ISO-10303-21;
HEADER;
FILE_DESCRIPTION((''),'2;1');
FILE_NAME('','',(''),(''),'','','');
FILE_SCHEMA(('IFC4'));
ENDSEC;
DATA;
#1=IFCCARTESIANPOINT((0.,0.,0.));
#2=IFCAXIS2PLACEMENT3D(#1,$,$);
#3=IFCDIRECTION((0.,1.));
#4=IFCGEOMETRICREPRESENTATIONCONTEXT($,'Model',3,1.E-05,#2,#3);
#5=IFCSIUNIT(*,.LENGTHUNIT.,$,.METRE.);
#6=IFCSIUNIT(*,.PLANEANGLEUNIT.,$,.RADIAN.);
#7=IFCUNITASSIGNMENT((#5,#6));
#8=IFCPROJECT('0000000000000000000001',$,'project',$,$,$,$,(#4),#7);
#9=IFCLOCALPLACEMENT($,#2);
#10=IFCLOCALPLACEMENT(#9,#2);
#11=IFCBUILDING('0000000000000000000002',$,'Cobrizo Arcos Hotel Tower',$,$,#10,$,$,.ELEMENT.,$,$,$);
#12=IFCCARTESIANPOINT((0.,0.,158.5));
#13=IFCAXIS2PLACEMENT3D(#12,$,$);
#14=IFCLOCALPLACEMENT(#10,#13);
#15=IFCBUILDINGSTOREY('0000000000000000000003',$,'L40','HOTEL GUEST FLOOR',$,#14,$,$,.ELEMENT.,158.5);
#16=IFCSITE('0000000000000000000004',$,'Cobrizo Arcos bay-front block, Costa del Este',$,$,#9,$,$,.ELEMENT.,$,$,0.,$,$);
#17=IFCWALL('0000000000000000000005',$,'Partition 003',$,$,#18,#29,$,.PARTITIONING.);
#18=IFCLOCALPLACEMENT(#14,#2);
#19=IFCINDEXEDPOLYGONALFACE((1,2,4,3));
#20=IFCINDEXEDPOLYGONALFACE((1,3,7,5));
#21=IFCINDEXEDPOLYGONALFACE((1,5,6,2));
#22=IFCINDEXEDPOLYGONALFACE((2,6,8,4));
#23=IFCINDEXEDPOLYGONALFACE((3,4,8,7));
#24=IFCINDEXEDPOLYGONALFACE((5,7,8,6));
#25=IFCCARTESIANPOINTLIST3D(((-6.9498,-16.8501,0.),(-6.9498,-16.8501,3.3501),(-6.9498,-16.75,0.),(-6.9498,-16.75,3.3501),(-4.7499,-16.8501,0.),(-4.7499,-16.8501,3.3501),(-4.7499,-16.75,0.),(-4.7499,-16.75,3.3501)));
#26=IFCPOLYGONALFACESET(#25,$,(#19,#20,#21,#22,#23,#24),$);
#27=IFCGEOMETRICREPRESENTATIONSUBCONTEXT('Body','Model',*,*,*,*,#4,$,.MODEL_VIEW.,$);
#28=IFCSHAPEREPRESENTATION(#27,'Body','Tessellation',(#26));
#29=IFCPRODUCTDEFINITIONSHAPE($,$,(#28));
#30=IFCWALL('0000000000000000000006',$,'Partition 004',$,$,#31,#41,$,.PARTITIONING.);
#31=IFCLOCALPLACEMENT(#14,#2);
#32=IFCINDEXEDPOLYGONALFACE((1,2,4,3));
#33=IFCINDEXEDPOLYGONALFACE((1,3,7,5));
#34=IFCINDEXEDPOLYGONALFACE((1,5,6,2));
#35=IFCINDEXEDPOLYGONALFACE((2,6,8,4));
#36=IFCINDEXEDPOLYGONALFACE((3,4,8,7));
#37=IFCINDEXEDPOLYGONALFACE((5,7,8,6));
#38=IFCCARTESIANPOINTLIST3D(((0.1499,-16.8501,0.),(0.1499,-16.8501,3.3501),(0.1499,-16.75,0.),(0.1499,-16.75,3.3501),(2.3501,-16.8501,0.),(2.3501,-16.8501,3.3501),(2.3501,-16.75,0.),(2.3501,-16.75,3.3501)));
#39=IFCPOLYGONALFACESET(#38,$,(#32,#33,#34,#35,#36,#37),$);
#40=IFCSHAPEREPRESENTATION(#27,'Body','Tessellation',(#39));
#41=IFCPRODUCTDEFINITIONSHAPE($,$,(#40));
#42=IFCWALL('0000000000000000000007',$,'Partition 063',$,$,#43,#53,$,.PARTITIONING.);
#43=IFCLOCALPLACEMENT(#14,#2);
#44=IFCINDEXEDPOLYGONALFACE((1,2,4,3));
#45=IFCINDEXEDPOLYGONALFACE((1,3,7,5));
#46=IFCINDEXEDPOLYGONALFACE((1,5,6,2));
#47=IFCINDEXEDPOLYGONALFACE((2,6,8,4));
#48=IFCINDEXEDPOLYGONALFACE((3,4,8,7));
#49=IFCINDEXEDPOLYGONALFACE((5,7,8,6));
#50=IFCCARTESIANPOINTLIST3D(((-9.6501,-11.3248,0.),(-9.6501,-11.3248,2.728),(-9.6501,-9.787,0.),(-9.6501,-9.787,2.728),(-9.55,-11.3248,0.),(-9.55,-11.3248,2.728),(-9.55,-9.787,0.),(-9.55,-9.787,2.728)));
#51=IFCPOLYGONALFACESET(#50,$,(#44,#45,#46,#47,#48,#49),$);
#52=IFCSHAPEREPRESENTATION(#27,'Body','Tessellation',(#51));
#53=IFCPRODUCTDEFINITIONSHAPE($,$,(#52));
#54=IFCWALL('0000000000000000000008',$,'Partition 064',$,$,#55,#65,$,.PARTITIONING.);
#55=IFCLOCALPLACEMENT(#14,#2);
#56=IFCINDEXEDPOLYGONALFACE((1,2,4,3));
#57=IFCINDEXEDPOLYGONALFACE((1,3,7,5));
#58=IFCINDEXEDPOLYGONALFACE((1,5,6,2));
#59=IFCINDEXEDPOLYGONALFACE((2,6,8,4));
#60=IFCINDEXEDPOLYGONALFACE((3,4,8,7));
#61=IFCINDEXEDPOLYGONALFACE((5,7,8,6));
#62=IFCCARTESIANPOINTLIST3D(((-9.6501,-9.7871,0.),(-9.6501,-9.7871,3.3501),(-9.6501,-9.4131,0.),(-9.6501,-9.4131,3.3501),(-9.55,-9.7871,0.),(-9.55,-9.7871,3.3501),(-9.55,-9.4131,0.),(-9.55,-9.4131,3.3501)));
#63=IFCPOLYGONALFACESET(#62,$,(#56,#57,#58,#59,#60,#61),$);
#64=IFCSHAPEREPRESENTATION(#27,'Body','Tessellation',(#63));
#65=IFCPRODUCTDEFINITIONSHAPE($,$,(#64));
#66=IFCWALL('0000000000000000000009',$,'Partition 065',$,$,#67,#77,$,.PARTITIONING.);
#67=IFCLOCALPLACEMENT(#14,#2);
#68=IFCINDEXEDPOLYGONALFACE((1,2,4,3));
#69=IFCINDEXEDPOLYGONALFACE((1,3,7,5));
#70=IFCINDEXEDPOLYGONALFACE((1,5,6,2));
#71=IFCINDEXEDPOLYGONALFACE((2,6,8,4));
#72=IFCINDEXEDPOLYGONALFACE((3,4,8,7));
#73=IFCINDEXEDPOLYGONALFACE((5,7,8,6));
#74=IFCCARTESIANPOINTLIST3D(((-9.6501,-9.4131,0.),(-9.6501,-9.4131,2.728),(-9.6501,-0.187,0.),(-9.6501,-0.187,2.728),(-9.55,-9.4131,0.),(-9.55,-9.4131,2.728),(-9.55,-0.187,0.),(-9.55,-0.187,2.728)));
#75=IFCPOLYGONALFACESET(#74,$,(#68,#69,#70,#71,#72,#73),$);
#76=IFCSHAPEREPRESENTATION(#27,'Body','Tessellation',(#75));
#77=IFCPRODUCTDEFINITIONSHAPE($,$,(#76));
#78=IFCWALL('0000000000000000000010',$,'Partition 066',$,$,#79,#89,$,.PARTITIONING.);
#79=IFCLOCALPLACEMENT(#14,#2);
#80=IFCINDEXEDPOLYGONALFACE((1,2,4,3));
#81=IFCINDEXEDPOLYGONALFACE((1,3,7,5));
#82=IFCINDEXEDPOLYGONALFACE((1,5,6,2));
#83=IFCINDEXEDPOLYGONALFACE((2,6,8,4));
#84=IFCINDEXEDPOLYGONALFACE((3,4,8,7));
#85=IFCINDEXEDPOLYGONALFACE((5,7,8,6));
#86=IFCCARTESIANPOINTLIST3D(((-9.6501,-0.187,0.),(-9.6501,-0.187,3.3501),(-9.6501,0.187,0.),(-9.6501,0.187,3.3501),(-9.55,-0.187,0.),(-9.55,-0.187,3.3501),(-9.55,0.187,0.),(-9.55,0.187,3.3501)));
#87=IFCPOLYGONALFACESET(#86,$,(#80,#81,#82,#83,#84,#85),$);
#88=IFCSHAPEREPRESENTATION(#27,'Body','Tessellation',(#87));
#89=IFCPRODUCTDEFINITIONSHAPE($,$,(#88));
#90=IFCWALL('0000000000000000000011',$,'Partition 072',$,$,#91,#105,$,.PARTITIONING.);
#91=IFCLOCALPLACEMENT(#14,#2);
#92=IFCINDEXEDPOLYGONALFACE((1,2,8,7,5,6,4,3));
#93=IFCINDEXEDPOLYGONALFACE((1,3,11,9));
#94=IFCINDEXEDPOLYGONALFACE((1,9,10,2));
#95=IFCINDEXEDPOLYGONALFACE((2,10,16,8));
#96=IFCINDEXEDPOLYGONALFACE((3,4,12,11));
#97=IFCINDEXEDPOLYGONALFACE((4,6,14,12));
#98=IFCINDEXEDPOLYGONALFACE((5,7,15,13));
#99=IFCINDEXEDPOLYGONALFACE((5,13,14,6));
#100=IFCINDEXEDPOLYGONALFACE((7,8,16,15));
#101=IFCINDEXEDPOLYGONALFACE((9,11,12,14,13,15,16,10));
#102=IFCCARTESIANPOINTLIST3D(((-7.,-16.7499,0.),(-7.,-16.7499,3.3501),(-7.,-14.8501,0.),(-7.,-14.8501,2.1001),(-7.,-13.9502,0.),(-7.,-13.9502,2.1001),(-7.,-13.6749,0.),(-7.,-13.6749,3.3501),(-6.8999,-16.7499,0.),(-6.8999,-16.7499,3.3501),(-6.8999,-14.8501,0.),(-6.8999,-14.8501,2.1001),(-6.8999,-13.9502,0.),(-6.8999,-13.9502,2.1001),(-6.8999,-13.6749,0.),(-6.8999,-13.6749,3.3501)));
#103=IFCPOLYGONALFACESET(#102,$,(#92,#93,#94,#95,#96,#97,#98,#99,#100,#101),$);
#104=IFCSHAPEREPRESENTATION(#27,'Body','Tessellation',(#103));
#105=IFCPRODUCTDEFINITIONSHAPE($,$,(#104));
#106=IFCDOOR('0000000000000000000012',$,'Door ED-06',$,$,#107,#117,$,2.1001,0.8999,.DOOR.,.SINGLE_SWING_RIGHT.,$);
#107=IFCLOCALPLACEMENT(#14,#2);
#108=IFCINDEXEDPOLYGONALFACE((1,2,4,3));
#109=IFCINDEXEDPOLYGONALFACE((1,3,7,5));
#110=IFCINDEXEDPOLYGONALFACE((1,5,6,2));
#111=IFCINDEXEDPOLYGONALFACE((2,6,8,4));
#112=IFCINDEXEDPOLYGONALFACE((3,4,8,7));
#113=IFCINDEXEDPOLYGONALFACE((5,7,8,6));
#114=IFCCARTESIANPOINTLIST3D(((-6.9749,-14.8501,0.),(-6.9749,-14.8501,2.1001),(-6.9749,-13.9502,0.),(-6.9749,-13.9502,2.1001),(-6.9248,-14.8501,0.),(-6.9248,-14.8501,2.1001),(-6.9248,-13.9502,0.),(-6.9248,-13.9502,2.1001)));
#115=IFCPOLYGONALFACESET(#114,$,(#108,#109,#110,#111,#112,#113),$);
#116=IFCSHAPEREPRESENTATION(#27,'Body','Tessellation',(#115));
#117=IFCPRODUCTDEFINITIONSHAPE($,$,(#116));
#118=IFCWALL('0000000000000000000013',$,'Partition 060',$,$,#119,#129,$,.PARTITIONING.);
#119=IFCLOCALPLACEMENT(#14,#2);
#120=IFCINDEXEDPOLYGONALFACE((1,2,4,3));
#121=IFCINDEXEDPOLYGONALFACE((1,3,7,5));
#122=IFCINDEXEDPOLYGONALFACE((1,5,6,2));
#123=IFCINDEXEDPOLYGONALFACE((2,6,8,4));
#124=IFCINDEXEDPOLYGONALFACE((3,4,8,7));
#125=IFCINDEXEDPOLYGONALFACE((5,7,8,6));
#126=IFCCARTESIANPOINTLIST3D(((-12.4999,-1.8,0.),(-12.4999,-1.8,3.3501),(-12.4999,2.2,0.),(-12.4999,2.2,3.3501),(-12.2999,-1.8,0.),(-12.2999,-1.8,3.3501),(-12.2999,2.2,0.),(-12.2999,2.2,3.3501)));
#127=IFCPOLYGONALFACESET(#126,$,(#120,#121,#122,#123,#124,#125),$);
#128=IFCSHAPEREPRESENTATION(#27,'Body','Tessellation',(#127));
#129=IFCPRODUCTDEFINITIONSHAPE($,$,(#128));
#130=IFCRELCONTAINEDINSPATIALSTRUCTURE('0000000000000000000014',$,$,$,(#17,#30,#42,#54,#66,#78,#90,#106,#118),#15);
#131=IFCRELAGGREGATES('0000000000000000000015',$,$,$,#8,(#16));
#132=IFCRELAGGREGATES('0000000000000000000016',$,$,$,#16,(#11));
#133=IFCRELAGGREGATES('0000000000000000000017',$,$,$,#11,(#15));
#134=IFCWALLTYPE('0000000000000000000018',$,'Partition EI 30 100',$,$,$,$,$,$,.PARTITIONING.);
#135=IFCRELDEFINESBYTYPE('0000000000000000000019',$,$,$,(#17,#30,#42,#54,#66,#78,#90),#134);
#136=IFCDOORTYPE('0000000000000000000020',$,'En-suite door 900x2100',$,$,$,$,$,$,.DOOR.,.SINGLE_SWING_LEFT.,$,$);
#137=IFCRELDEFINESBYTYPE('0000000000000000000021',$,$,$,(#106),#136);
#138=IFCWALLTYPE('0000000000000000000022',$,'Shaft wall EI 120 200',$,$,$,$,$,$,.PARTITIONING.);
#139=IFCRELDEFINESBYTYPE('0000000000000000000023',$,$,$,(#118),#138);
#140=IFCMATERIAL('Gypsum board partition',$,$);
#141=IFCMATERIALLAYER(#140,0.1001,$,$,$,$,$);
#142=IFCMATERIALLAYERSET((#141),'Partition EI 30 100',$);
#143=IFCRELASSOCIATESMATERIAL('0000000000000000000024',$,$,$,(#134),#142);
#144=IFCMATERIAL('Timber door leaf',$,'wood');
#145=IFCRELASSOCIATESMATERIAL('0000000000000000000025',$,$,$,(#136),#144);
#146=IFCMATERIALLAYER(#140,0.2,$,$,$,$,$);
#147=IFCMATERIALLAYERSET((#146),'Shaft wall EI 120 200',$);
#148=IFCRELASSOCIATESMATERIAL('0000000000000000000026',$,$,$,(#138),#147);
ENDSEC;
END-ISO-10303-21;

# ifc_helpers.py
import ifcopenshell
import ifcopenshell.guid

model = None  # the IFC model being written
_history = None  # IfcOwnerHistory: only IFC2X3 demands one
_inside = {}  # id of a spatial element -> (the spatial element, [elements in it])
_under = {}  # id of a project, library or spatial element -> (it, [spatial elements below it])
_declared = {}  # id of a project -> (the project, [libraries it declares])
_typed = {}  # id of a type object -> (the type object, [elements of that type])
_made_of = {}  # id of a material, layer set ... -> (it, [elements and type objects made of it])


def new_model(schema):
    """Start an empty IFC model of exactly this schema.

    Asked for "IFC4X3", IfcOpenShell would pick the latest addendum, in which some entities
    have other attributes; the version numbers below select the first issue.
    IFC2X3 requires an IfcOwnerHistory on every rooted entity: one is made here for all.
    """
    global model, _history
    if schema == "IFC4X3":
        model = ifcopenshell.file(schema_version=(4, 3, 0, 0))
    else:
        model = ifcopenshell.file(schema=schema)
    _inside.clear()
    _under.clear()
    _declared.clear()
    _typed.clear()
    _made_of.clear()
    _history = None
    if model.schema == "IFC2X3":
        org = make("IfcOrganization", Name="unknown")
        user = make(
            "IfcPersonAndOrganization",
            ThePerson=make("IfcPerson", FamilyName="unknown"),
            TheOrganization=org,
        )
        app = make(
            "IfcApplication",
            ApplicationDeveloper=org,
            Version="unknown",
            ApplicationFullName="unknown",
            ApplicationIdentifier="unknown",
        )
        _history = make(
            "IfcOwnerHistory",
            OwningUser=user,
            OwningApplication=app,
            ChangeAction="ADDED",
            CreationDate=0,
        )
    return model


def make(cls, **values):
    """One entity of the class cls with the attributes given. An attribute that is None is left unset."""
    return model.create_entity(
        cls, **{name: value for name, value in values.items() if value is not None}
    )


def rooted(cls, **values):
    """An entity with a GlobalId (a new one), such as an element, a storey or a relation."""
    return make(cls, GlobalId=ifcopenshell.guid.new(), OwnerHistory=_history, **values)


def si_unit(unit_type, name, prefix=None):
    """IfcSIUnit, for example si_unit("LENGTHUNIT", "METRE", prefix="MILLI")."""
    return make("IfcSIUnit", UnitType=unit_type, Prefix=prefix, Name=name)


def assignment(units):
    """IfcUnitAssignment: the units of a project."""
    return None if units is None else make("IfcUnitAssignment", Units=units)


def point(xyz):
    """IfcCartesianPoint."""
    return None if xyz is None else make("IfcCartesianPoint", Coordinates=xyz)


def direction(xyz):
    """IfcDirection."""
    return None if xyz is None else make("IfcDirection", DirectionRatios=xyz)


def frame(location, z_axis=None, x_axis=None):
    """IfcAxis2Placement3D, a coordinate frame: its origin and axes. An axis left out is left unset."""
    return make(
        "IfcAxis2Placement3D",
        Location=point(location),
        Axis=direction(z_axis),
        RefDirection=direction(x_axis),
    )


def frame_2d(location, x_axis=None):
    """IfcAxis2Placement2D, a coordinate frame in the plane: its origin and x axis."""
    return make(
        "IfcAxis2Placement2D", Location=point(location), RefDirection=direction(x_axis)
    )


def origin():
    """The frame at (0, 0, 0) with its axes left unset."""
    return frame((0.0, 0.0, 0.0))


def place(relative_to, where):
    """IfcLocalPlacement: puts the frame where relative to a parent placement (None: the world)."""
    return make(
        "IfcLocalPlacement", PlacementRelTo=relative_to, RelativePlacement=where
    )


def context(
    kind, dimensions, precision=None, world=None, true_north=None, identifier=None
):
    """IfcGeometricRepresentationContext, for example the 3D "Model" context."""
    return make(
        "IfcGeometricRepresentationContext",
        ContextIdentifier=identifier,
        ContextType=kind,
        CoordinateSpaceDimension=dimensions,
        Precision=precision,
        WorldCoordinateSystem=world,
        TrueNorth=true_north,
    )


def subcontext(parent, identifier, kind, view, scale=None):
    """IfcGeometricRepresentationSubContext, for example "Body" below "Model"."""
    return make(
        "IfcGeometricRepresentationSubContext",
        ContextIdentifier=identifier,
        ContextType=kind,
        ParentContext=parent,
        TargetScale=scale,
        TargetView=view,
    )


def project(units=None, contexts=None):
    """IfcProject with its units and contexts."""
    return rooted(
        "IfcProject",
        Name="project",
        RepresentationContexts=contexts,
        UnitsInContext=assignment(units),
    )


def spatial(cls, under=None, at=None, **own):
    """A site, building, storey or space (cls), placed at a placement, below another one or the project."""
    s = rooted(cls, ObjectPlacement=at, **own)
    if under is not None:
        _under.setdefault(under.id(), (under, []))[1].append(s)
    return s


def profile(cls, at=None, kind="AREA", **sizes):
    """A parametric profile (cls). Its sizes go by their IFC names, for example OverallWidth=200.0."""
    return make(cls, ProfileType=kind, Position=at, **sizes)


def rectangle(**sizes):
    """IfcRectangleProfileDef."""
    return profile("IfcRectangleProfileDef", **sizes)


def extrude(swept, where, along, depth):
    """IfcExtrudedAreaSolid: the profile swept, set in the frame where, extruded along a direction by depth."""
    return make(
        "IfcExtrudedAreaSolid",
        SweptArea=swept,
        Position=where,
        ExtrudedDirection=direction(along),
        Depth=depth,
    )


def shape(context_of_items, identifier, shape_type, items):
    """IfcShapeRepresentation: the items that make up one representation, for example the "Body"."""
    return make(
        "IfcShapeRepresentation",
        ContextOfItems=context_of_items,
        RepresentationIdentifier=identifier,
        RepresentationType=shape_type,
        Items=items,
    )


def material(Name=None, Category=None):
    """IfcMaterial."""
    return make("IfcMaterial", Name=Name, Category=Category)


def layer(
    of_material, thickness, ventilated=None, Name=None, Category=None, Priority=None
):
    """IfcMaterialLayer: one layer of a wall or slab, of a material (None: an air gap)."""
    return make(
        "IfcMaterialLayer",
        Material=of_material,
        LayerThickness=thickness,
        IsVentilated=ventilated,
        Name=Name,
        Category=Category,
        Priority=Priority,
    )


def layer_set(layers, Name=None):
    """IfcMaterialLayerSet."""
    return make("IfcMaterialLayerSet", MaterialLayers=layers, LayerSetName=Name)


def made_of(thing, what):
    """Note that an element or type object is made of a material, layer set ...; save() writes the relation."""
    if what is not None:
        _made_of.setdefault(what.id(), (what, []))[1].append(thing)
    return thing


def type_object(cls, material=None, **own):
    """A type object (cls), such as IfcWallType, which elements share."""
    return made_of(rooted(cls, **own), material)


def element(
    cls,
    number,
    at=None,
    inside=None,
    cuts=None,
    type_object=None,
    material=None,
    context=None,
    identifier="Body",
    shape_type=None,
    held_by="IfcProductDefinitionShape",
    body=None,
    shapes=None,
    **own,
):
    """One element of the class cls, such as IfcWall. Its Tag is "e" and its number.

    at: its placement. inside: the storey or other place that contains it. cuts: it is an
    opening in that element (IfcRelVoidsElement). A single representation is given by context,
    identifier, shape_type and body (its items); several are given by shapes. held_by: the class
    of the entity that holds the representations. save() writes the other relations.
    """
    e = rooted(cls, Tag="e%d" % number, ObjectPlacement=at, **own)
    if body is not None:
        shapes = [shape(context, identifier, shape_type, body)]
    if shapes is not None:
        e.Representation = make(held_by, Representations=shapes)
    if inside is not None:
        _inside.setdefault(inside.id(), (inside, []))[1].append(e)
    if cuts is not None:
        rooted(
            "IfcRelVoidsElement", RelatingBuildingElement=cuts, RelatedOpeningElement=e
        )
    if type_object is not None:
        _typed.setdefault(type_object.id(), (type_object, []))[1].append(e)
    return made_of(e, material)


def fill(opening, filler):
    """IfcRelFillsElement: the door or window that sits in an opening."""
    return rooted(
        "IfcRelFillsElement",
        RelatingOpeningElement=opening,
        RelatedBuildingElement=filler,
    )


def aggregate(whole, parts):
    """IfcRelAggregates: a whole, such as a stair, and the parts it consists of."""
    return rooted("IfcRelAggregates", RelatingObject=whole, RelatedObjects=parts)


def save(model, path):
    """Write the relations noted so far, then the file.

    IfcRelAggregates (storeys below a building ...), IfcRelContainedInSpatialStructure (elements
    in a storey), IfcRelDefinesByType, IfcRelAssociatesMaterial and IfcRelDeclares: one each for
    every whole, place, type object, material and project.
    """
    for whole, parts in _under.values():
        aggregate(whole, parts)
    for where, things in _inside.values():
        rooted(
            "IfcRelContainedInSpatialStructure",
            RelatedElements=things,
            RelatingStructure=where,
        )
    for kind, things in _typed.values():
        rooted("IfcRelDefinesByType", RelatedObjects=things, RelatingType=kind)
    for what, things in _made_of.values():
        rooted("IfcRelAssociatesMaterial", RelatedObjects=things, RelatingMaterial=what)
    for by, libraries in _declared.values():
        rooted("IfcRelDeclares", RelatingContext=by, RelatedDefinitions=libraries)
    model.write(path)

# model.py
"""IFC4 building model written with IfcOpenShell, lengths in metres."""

from ifc_helpers import new_model, si_unit, direction, frame, frame_2d, origin, place, context, subcontext, project, spatial, rectangle, extrude, material, layer, layer_set, type_object, element, fill, save


model = new_model("IFC4")

# Units and contexts
model_context = context("Model", 3, precision=1e-05, world=origin(), true_north=direction((0.0, 1.0)))
body_context = subcontext(model_context, "Body", "Model", "MODEL_VIEW")
ifc_project = project(units=[si_unit("LENGTHUNIT", "METRE"), si_unit("PLANEANGLEUNIT", "RADIAN")], contexts=[model_context])

# Site, building, storey
site_placement = place(None, origin())
site = spatial("IfcSite", under=ifc_project, at=site_placement, Name="Cobrizo Arcos bay-front block, Costa del Este", CompositionType="ELEMENT", RefElevation=0.0)
building_placement = place(site_placement, origin())
building = spatial("IfcBuilding", under=site, at=building_placement, Name="Cobrizo Arcos Hotel Tower", CompositionType="ELEMENT")
storey_placement = place(building_placement, frame((0.0, 0.0, 158.5)))
storey = spatial("IfcBuildingStorey", under=building, at=storey_placement, Name="L40", Description="HOTEL GUEST FLOOR", CompositionType="ELEMENT", Elevation=158.5)

# Shared definitions
ifc_material_1 = material(Name="Gypsum board partition")

# Shared definitions
ifc_material_2 = material(Name="Timber door leaf", Category="wood")

# Walls
ifc_layer_1 = layer(ifc_material_1, 0.1001)
ifc_layer_set_1 = layer_set([ifc_layer_1], Name="Partition EI 30 100")
wall_type_1 = type_object("IfcWallType", Name="Partition EI 30 100", PredefinedType="PARTITIONING", material=ifc_layer_set_1)
wall_1_placement = place(storey_placement, frame((-6.95, -16.8, 0.0), z_axis=(0.0, 0.0, 1.0), x_axis=(1.0, 0.0, 0.0)))
element("IfcWall", 1, at=wall_1_placement, inside=storey, type_object=wall_type_1, Name="Partition 003", PredefinedType="PARTITIONING", context=body_context, shape_type="SweptSolid", body=[
    extrude(rectangle(XDim=2.2, YDim=0.1001, at=frame_2d((1.1001, 0.0))), origin(), (0.0, 0.0, 1.0), 3.3501),
])
wall_2_placement = place(storey_placement, frame((0.1499, -16.8, 0.0), z_axis=(0.0, 0.0, 1.0), x_axis=(1.0, 0.0, 0.0)))
element("IfcWall", 2, at=wall_2_placement, inside=storey, type_object=wall_type_1, Name="Partition 004", PredefinedType="PARTITIONING", context=body_context, shape_type="SweptSolid", body=[
    extrude(rectangle(XDim=2.2002, YDim=0.1001, at=frame_2d((1.1001, 0.0))), origin(), (0.0, 0.0, 1.0), 3.3501),
])
wall_3_placement = place(storey_placement, frame((-9.6001, -11.325, 0.0), z_axis=(0.0, 0.0, 1.0), x_axis=(0.0, 1.0, 0.0)))
element("IfcWall", 3, at=wall_3_placement, inside=storey, type_object=wall_type_1, Name="Partition 063", PredefinedType="PARTITIONING", context=body_context, shape_type="SweptSolid", body=[
    extrude(rectangle(XDim=1.5378, YDim=0.1001, at=frame_2d((0.769, 0.0))), origin(), (0.0, 0.0, 1.0), 2.728),
])
wall_4_placement = place(storey_placement, frame((-9.6001, -9.7871, 0.0), z_axis=(0.0, 0.0, 1.0), x_axis=(0.0, 1.0, 0.0)))
element("IfcWall", 4, at=wall_4_placement, inside=storey, type_object=wall_type_1, Name="Partition 064", PredefinedType="PARTITIONING", context=body_context, shape_type="SweptSolid", body=[
    extrude(rectangle(XDim=0.374, YDim=0.1001, at=frame_2d((0.187, 0.0))), origin(), (0.0, 0.0, 1.0), 3.3501),
])
wall_5_placement = place(storey_placement, frame((-9.6001, -9.4131, 0.0), z_axis=(0.0, 0.0, 1.0), x_axis=(0.0, 1.0, 0.0)))
element("IfcWall", 5, at=wall_5_placement, inside=storey, type_object=wall_type_1, Name="Partition 065", PredefinedType="PARTITIONING", context=body_context, shape_type="SweptSolid", body=[
    extrude(rectangle(XDim=9.2261, YDim=0.1001, at=frame_2d((4.613, 0.0))), origin(), (0.0, 0.0, 1.0), 2.728),
])
wall_6_placement = place(storey_placement, frame((-9.6001, -0.187, 0.0), z_axis=(0.0, 0.0, 1.0), x_axis=(0.0, 1.0, 0.0)))
element("IfcWall", 6, at=wall_6_placement, inside=storey, type_object=wall_type_1, Name="Partition 066", PredefinedType="PARTITIONING", context=body_context, shape_type="SweptSolid", body=[
    extrude(rectangle(XDim=0.374, YDim=0.1001, at=frame_2d((0.187, 0.0))), origin(), (0.0, 0.0, 1.0), 3.3501),
])

# Wall, opening, door
wall_7_placement = place(storey_placement, frame((-6.95, -16.75, 0.0), z_axis=(0.0, 0.0, 1.0), x_axis=(0.0, 1.0, 0.0)))
wall_7 = element("IfcWall", 7, at=wall_7_placement, inside=storey, type_object=wall_type_1, Name="Partition 072", PredefinedType="PARTITIONING", context=body_context, shape_type="SweptSolid", body=[
    extrude(rectangle(XDim=3.075, YDim=0.1001, at=frame_2d((1.5376, 0.0))), origin(), (0.0, 0.0, 1.0), 3.3501),
])
opening_1_placement = place(wall_7_placement, frame((1.8999, 0.0, 0.0)))
opening_1 = element("IfcOpeningElement", 8, at=opening_1_placement, cuts=wall_7, PredefinedType="OPENING", context=body_context, shape_type="SweptSolid", body=[
    extrude(rectangle(XDim=0.8999, YDim=2.1001, at=frame_2d((0.45, 1.05))), frame((0.0, 0.062, 0.0), z_axis=(0.0, -1.0, 0.0), x_axis=(1.0, 0.0, 0.0)), (0.0, 0.0, 1.0), 0.124),
])
door_type_1 = type_object("IfcDoorType", Name="En-suite door 900x2100", OperationType="SINGLE_SWING_LEFT", PredefinedType="DOOR", material=ifc_material_2)
door_1_placement = place(opening_1_placement, origin())
door_1 = element("IfcDoor", 9, at=door_1_placement, inside=storey, type_object=door_type_1, Name="Door ED-06", OperationType="SINGLE_SWING_RIGHT", OverallHeight=2.1001, OverallWidth=0.8999, PredefinedType="DOOR", context=body_context, shape_type="SweptSolid", body=[
    extrude(rectangle(XDim=0.8999, YDim=2.1001, at=frame_2d((0.45, 1.05))), frame((0.0, 0.0249, 0.0), z_axis=(0.0, -1.0, 0.0), x_axis=(1.0, 0.0, 0.0)), (0.0, 0.0, 1.0), 0.05),
])
fill(opening_1, door_1)

# Wall
ifc_layer_2 = layer(ifc_material_1, 0.2)
ifc_layer_set_2 = layer_set([ifc_layer_2], Name="Shaft wall EI 120 200")
wall_type_2 = type_object("IfcWallType", Name="Shaft wall EI 120 200", PredefinedType="PARTITIONING", material=ifc_layer_set_2)
wall_8_placement = place(storey_placement, frame((-12.3999, -1.8, 0.0), z_axis=(0.0, 0.0, 1.0), x_axis=(0.0, 1.0, 0.0)))
element("IfcWall", 10, at=wall_8_placement, inside=storey, type_object=wall_type_2, Name="Partition 060", PredefinedType="PARTITIONING", context=body_context, shape_type="SweptSolid", body=[
    extrude(rectangle(XDim=4.0, YDim=0.2, at=frame_2d((2.0, 0.0))), origin(), (0.0, 0.0, 1.0), 3.3501),
])

save(model, "model.ifc")
